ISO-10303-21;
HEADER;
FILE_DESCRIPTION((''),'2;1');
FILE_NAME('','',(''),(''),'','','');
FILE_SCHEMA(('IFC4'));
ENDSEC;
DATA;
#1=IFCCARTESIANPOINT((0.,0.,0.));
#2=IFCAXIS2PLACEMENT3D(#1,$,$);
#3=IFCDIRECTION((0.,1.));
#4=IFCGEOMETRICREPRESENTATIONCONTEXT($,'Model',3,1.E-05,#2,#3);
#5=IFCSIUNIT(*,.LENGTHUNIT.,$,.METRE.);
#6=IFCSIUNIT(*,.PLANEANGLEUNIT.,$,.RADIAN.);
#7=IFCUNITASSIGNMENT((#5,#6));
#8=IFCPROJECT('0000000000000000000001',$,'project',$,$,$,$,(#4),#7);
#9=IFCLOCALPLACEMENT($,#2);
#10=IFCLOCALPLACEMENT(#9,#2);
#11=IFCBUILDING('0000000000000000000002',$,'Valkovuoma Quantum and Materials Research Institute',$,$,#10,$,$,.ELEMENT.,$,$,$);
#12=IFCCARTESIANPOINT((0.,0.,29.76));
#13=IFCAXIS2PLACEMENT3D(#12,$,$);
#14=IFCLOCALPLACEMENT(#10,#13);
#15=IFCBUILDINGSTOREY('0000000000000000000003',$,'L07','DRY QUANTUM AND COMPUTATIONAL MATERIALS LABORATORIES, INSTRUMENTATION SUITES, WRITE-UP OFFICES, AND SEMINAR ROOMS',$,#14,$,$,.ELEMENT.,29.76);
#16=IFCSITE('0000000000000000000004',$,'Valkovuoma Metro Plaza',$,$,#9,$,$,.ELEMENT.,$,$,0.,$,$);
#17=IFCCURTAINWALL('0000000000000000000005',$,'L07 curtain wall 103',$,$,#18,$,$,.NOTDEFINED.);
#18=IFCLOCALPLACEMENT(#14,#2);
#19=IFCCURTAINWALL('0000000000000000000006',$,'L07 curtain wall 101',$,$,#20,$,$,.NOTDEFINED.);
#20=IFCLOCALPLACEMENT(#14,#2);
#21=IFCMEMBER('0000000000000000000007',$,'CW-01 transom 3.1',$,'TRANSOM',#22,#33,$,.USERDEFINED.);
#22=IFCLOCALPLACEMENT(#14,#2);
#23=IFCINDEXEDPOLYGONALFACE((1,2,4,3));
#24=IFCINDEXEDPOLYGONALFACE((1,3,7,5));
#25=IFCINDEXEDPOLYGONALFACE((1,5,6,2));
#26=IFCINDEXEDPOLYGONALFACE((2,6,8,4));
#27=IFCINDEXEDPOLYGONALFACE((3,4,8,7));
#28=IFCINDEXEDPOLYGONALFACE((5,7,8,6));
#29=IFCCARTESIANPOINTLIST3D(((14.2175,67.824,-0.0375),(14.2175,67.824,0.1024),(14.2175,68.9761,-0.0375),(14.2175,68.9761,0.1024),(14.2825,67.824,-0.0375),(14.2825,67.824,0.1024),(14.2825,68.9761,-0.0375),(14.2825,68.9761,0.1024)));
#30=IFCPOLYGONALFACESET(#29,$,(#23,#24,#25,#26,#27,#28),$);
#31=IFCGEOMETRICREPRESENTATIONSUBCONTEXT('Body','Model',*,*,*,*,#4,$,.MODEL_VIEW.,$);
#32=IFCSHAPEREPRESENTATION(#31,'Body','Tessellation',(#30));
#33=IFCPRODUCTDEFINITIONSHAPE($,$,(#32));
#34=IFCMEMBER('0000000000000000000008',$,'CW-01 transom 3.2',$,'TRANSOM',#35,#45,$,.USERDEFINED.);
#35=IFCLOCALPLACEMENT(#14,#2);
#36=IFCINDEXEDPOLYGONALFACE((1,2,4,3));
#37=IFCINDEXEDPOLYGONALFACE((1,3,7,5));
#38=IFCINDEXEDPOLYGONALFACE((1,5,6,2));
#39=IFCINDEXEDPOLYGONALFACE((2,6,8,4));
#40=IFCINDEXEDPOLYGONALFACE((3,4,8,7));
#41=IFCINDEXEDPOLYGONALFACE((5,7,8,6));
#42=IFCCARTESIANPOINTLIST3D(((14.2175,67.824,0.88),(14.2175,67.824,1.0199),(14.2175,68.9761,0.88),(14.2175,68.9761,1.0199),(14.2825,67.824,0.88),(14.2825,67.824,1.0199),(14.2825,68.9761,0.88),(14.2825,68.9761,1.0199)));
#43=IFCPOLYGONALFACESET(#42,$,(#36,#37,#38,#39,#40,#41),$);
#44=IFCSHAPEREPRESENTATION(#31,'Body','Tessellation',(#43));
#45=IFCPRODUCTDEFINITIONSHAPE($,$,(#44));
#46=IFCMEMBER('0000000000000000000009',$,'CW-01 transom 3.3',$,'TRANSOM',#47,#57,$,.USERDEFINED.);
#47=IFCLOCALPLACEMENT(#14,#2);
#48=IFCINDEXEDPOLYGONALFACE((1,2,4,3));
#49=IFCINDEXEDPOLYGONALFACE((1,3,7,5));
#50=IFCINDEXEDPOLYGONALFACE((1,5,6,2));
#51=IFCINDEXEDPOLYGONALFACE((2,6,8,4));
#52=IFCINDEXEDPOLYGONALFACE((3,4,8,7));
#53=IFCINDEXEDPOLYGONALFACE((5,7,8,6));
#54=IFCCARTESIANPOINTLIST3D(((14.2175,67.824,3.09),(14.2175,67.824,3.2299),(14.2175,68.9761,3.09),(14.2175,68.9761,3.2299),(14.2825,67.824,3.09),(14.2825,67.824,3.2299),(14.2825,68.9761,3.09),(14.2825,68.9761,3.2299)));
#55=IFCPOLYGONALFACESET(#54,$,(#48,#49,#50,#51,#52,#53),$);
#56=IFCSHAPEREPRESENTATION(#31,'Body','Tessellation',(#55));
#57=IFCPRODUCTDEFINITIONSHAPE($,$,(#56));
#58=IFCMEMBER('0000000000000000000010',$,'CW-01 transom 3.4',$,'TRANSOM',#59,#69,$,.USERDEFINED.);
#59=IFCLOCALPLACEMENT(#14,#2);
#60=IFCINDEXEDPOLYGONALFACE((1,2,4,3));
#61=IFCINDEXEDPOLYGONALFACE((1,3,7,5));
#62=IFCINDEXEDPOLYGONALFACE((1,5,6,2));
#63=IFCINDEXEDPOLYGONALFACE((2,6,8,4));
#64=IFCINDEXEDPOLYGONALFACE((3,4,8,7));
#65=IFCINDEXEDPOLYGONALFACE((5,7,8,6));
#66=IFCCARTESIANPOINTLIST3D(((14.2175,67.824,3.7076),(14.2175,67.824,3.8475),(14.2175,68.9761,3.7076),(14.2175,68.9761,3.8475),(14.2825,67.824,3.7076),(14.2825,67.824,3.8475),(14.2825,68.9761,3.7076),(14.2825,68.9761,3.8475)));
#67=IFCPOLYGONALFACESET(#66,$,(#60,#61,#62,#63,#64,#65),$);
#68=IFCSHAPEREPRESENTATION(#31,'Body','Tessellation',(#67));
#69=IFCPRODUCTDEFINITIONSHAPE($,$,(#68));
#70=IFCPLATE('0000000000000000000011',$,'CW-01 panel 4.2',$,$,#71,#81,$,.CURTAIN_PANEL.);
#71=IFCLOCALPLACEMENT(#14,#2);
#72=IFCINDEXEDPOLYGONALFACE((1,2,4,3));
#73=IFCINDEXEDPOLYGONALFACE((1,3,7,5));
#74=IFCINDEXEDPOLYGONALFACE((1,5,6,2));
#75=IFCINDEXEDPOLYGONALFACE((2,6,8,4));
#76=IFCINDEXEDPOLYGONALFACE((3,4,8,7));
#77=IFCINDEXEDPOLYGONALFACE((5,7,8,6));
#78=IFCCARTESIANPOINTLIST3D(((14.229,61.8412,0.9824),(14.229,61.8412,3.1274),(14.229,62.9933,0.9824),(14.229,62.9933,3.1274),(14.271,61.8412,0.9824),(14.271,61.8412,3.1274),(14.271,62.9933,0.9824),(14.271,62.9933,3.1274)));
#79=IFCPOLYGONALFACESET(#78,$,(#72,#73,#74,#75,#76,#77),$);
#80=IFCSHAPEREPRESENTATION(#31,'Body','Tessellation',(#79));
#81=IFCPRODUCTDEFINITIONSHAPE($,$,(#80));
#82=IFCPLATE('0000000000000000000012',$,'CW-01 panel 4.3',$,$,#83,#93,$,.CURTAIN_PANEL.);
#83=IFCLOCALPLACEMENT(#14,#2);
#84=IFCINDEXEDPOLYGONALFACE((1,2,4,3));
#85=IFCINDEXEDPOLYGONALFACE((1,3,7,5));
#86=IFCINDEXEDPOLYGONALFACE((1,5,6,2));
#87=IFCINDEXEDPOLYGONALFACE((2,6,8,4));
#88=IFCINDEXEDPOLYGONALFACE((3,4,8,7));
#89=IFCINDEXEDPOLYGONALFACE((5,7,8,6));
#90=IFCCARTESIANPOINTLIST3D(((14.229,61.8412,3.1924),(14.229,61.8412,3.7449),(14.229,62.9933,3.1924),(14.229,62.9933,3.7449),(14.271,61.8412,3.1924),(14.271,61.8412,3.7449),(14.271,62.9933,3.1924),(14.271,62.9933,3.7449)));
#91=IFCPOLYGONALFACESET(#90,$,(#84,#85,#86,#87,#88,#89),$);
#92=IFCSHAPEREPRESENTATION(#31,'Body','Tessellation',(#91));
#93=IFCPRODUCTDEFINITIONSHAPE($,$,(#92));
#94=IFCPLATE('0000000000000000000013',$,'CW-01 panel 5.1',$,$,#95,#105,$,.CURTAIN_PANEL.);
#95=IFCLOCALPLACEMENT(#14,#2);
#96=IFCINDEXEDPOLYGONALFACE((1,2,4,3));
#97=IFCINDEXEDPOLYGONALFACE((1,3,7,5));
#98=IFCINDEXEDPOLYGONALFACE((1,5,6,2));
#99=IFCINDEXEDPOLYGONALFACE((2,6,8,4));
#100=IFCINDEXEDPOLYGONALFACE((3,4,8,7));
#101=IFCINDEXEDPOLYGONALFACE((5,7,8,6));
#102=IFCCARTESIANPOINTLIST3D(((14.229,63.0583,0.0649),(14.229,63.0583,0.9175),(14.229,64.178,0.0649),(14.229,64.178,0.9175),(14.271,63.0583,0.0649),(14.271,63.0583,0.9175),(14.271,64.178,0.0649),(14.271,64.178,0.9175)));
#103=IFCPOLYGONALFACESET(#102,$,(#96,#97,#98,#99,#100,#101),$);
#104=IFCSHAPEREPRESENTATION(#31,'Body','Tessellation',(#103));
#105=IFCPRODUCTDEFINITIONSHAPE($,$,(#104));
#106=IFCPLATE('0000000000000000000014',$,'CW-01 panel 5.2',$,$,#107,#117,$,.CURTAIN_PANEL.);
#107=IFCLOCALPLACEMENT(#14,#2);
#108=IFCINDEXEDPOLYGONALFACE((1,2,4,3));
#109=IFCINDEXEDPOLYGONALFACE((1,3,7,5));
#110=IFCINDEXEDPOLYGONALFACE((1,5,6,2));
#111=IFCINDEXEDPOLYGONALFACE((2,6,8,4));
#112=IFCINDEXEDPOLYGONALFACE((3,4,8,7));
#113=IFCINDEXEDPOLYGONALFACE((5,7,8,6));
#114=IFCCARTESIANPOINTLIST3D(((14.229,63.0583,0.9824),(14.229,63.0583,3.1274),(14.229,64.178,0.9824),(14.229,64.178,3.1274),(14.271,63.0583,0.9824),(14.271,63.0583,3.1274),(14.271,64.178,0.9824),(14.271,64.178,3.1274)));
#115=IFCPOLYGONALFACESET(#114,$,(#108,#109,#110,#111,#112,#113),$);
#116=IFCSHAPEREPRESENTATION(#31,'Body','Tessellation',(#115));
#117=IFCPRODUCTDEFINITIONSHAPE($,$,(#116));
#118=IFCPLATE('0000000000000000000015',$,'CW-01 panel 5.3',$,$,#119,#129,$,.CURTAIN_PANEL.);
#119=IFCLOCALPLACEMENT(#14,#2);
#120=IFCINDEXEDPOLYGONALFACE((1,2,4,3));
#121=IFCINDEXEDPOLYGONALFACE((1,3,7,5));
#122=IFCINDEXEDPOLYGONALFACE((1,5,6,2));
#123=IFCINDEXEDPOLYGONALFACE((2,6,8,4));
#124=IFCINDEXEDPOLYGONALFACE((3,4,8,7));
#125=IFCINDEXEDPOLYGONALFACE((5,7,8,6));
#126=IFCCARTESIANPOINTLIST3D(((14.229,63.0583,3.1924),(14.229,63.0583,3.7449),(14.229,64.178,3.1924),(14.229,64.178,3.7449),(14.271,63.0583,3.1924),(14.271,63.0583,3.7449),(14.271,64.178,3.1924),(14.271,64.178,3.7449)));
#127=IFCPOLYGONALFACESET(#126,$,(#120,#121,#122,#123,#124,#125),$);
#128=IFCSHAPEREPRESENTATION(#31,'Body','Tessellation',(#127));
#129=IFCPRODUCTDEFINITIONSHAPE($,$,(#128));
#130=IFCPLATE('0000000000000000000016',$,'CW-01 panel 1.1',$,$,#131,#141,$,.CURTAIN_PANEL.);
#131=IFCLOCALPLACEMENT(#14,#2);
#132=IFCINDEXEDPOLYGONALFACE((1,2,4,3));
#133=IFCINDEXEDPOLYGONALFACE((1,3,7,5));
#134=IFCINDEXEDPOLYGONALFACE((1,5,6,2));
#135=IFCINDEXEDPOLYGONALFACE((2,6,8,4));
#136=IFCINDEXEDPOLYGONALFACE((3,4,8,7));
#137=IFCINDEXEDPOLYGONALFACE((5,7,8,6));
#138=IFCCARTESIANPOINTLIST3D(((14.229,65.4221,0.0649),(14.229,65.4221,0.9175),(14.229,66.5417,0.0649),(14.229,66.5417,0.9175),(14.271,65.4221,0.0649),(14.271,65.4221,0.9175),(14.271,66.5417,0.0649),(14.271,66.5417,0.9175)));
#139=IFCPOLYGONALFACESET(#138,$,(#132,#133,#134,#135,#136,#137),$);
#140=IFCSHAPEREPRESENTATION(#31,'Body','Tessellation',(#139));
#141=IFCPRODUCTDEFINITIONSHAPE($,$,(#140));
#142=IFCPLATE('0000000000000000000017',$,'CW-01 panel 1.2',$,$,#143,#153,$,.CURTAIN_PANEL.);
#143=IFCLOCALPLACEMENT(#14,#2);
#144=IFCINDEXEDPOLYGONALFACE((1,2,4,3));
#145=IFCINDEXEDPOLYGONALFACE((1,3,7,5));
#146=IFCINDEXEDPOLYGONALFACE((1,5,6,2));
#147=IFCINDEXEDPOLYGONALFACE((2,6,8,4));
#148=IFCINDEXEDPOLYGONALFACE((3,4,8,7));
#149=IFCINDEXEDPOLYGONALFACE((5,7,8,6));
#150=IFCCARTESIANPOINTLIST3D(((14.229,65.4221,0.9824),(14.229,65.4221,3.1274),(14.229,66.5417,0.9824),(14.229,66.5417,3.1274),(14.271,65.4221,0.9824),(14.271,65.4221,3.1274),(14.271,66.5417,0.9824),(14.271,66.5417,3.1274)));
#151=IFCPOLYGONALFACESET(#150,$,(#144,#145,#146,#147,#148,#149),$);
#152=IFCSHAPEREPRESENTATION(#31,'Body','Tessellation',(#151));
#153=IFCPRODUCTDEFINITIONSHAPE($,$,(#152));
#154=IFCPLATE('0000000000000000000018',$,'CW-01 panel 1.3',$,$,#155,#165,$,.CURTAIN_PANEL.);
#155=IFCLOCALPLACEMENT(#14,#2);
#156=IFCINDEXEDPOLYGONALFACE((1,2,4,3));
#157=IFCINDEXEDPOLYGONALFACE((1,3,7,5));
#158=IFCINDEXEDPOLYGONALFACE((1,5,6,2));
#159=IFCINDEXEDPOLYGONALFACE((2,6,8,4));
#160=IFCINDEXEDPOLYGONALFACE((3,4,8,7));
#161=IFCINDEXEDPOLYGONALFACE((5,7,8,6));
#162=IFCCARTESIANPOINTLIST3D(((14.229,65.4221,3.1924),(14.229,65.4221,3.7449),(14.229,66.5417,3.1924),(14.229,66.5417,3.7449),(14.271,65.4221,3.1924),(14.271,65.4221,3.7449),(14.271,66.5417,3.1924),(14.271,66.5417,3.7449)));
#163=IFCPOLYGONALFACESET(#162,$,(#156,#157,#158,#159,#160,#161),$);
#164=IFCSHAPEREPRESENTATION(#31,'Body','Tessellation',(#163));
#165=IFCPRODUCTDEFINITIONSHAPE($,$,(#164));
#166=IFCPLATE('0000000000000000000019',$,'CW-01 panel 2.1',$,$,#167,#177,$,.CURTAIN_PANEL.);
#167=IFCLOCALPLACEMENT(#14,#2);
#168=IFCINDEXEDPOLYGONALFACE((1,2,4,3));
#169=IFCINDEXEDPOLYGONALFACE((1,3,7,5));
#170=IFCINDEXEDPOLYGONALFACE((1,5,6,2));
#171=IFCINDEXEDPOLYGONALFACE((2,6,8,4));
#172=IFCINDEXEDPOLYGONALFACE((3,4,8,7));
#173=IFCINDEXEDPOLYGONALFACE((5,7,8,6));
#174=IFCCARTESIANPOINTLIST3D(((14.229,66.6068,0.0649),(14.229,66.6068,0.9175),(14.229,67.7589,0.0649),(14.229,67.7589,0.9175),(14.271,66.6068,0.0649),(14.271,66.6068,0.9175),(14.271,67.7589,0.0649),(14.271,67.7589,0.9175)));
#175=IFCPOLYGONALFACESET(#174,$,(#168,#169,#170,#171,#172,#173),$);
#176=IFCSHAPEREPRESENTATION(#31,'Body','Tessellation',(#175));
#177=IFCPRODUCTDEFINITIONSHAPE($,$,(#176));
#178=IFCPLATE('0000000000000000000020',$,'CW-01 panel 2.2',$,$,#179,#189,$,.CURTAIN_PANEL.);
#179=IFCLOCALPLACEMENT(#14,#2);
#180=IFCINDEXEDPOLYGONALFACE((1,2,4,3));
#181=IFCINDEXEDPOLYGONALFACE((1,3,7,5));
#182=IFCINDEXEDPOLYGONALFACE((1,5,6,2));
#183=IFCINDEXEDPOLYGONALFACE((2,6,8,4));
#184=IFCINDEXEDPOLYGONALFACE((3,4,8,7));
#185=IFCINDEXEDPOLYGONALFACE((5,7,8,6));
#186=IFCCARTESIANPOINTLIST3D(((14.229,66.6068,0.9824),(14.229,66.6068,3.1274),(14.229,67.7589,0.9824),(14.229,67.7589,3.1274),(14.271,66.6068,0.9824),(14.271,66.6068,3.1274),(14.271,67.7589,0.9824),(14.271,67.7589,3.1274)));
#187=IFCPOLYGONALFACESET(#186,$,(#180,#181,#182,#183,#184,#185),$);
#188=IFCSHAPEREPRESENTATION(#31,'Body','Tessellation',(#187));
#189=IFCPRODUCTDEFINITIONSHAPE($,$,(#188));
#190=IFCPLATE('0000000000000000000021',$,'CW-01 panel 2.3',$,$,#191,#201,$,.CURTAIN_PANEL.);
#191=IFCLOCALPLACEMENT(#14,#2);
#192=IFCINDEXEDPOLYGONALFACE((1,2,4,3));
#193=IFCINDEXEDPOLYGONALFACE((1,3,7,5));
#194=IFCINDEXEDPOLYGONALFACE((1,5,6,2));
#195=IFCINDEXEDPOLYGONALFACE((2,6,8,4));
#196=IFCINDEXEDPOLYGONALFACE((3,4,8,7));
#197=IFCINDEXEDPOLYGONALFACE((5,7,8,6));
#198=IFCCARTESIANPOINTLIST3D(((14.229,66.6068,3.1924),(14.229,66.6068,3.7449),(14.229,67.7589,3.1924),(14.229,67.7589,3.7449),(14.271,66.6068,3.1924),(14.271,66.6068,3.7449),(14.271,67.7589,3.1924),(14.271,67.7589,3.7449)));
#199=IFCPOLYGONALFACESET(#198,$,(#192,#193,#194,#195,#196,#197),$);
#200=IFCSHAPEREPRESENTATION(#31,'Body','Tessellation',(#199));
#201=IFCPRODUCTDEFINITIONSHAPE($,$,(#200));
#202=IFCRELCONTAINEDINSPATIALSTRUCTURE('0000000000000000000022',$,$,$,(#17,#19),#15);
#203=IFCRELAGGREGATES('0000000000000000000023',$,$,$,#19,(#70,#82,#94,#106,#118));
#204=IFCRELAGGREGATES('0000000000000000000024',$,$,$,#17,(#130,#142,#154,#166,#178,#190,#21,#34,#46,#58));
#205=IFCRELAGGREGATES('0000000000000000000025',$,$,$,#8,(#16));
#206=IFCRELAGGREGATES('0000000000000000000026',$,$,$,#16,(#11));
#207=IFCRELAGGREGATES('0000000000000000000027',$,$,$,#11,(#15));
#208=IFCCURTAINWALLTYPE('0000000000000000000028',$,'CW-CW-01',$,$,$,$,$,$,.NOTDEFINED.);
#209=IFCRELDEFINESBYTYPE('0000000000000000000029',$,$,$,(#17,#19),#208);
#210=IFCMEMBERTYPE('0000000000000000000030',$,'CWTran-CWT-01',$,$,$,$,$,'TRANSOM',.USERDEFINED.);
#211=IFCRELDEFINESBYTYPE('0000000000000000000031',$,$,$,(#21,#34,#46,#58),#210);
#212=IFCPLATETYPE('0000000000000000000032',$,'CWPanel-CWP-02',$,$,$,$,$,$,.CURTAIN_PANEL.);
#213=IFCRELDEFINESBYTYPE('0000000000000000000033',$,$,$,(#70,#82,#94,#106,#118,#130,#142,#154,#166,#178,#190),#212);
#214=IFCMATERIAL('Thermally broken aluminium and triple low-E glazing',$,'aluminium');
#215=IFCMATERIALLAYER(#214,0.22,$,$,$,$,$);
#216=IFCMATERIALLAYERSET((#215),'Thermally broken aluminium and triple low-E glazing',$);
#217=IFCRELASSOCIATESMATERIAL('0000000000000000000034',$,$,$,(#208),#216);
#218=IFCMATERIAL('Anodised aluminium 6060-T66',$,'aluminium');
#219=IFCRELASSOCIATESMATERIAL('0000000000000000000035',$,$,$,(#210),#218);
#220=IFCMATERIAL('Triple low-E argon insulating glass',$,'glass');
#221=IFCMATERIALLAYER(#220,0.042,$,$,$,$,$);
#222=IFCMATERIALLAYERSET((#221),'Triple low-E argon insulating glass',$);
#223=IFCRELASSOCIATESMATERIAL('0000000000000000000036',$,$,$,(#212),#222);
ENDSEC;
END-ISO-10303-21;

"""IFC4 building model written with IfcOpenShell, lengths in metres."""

from ifc_helpers import new_model, si_unit, direction, frame, origin, origin_2d, place, context, subcontext, project, spatial, rectangle, extrude, material, layer, layer_set, material_profile, profile_set, type_object, element, aggregate, save


model = new_model("IFC4")

# Units and contexts
model_context = context("Model", 3, precision=1e-05, world=origin(), true_north=direction((0.0, 1.0)))
body_context = subcontext(model_context, "Body", "Model", "MODEL_VIEW")
ifc_project = project(units=[si_unit("LENGTHUNIT", "METRE"), si_unit("PLANEANGLEUNIT", "RADIAN")], contexts=[model_context])

# Site, building, storey
site_placement = place(None, origin())
site = spatial("IfcSite", under=ifc_project, at=site_placement, Name="Valkovuoma Metro Plaza", CompositionType="ELEMENT", RefElevation=0.0)
building_placement = place(site_placement, origin())
building = spatial("IfcBuilding", under=site, at=building_placement, Name="Valkovuoma Quantum and Materials Research Institute", CompositionType="ELEMENT")
storey_placement = place(building_placement, frame((0.0, 0.0, 29.76)))
storey = spatial("IfcBuildingStorey", under=building, at=storey_placement, Name="L07", Description="DRY QUANTUM AND COMPUTATIONAL MATERIALS LABORATORIES, INSTRUMENTATION SUITES, WRITE-UP OFFICES, AND SEMINAR ROOMS", CompositionType="ELEMENT", Elevation=29.76)

# Curtain walls
ifc_material_1 = material(Name="Thermally broken aluminium and triple low-E glazing", Category="aluminium")
ifc_layer_1 = layer(ifc_material_1, 0.22)
ifc_layer_set_1 = layer_set([ifc_layer_1], Name="Thermally broken aluminium and triple low-E glazing")
curtain_wall_type = type_object("IfcCurtainWallType", Name="CW-CW-01", PredefinedType="NOTDEFINED", material=ifc_layer_set_1)
curtain_wall_1_placement = place(storey_placement, origin())
curtain_wall_1 = element("IfcCurtainWall", 1, at=curtain_wall_1_placement, inside=storey, type_object=curtain_wall_type, Name="L07 curtain wall 103", PredefinedType="NOTDEFINED")
curtain_wall_2_placement = place(storey_placement, origin())
curtain_wall_2 = element("IfcCurtainWall", 2, at=curtain_wall_2_placement, inside=storey, type_object=curtain_wall_type, Name="L07 curtain wall 101", PredefinedType="NOTDEFINED")
ifc_material_2 = material(Name="Anodised aluminium 6060-T66", Category="aluminium")
ifc_material_profile_1 = material_profile(ifc_material_2, rectangle(XDim=0.0649, YDim=0.1399, at=origin_2d()), Name="Anodised aluminium 6060-T66")
ifc_profile_set_1 = profile_set([ifc_material_profile_1], Name="Anodised aluminium 6060-T66")
member_type_1 = type_object("IfcMemberType", Name="CWTran-CWT-01", ElementType="TRANSOM", PredefinedType="USERDEFINED", material=ifc_profile_set_1)

# Members
member_1_placement = place(storey_placement, frame((14.25, 67.824, 0.0325), z_axis=(0.0, 1.0, 0.0), x_axis=(-1.0, 0.0, 0.0)))
member_1 = element("IfcMember", 3, at=member_1_placement, type_object=member_type_1, Name="CW-01 transom 3.1", ObjectType="TRANSOM", PredefinedType="USERDEFINED", context=body_context, shape_type="SweptSolid", body=[
    extrude(rectangle(XDim=0.0649, YDim=0.1399, at=origin_2d()), origin(), (0.0, 0.0, 1.0), 1.1521),
])
member_2_placement = place(storey_placement, frame((14.25, 67.824, 0.95), z_axis=(0.0, 1.0, 0.0), x_axis=(-1.0, 0.0, 0.0)))
member_2 = element("IfcMember", 4, at=member_2_placement, type_object=member_type_1, Name="CW-01 transom 3.2", ObjectType="TRANSOM", PredefinedType="USERDEFINED", context=body_context, shape_type="SweptSolid", body=[
    extrude(rectangle(XDim=0.0649, YDim=0.1399, at=origin_2d()), origin(), (0.0, 0.0, 1.0), 1.1521),
])
member_3_placement = place(storey_placement, frame((14.25, 67.824, 3.1599), z_axis=(0.0, 1.0, 0.0), x_axis=(-1.0, 0.0, 0.0)))
member_3 = element("IfcMember", 5, at=member_3_placement, type_object=member_type_1, Name="CW-01 transom 3.3", ObjectType="TRANSOM", PredefinedType="USERDEFINED", context=body_context, shape_type="SweptSolid", body=[
    extrude(rectangle(XDim=0.0649, YDim=0.1399, at=origin_2d()), origin(), (0.0, 0.0, 1.0), 1.1521),
])
member_4_placement = place(storey_placement, frame((14.25, 67.824, 3.7776), z_axis=(0.0, 1.0, 0.0), x_axis=(-1.0, 0.0, 0.0)))
member_4 = element("IfcMember", 6, at=member_4_placement, type_object=member_type_1, Name="CW-01 transom 3.4", ObjectType="TRANSOM", PredefinedType="USERDEFINED", context=body_context, shape_type="SweptSolid", body=[
    extrude(rectangle(XDim=0.0649, YDim=0.1399, at=origin_2d()), origin(), (0.0, 0.0, 1.0), 1.1521),
])

# Plates
ifc_material_3 = material(Name="Triple low-E argon insulating glass", Category="glass")
ifc_layer_2 = layer(ifc_material_3, 0.042)
ifc_layer_set_2 = layer_set([ifc_layer_2], Name="Triple low-E argon insulating glass")
plate_type = type_object("IfcPlateType", Name="CWPanel-CWP-02", PredefinedType="CURTAIN_PANEL", material=ifc_layer_set_2)
plate_1_placement = place(storey_placement, frame((14.25, 62.4172, 0.9824), z_axis=(0.0, 0.0, 1.0), x_axis=(0.0, 1.0, 0.0)))
plate_1 = element("IfcPlate", 7, at=plate_1_placement, type_object=plate_type, Name="CW-01 panel 4.2", PredefinedType="CURTAIN_PANEL", context=body_context, shape_type="SweptSolid", body=[
    extrude(rectangle(XDim=1.1521, YDim=0.042, at=origin_2d()), origin(), (0.0, 0.0, 1.0), 2.145),
])
plate_2_placement = place(storey_placement, frame((14.25, 62.4172, 3.1924), z_axis=(0.0, 0.0, 1.0), x_axis=(0.0, 1.0, 0.0)))
plate_2 = element("IfcPlate", 8, at=plate_2_placement, type_object=plate_type, Name="CW-01 panel 4.3", PredefinedType="CURTAIN_PANEL", context=body_context, shape_type="SweptSolid", body=[
    extrude(rectangle(XDim=1.1521, YDim=0.042, at=origin_2d()), origin(), (0.0, 0.0, 1.0), 0.5525),
])
plate_3_placement = place(storey_placement, frame((14.25, 63.6182, 0.0649), z_axis=(0.0, 0.0, 1.0), x_axis=(0.0, 1.0, 0.0)))
plate_3 = element("IfcPlate", 9, at=plate_3_placement, type_object=plate_type, Name="CW-01 panel 5.1", PredefinedType="CURTAIN_PANEL", context=body_context, shape_type="SweptSolid", body=[
    extrude(rectangle(XDim=1.1196, YDim=0.042, at=origin_2d()), origin(), (0.0, 0.0, 1.0), 0.8525),
])
plate_4_placement = place(storey_placement, frame((14.25, 63.6182, 0.9824), z_axis=(0.0, 0.0, 1.0), x_axis=(0.0, 1.0, 0.0)))
plate_4 = element("IfcPlate", 10, at=plate_4_placement, type_object=plate_type, Name="CW-01 panel 5.2", PredefinedType="CURTAIN_PANEL", context=body_context, shape_type="SweptSolid", body=[
    extrude(rectangle(XDim=1.1196, YDim=0.042, at=origin_2d()), origin(), (0.0, 0.0, 1.0), 2.145),
])
plate_5_placement = place(storey_placement, frame((14.25, 63.6182, 3.1924), z_axis=(0.0, 0.0, 1.0), x_axis=(0.0, 1.0, 0.0)))
plate_5 = element("IfcPlate", 11, at=plate_5_placement, type_object=plate_type, Name="CW-01 panel 5.3", PredefinedType="CURTAIN_PANEL", context=body_context, shape_type="SweptSolid", body=[
    extrude(rectangle(XDim=1.1196, YDim=0.042, at=origin_2d()), origin(), (0.0, 0.0, 1.0), 0.5525),
])
aggregate(curtain_wall_2, [plate_1, plate_2, plate_3, plate_4, plate_5])
plate_6_placement = place(storey_placement, frame((14.25, 65.9819, 0.0649), z_axis=(0.0, 0.0, 1.0), x_axis=(0.0, 1.0, 0.0)))
plate_6 = element("IfcPlate", 12, at=plate_6_placement, type_object=plate_type, Name="CW-01 panel 1.1", PredefinedType="CURTAIN_PANEL", context=body_context, shape_type="SweptSolid", body=[
    extrude(rectangle(XDim=1.1196, YDim=0.042, at=origin_2d()), origin(), (0.0, 0.0, 1.0), 0.8525),
])
plate_7_placement = place(storey_placement, frame((14.25, 65.9819, 0.9824), z_axis=(0.0, 0.0, 1.0), x_axis=(0.0, 1.0, 0.0)))
plate_7 = element("IfcPlate", 13, at=plate_7_placement, type_object=plate_type, Name="CW-01 panel 1.2", PredefinedType="CURTAIN_PANEL", context=body_context, shape_type="SweptSolid", body=[
    extrude(rectangle(XDim=1.1196, YDim=0.042, at=origin_2d()), origin(), (0.0, 0.0, 1.0), 2.145),
])
plate_8_placement = place(storey_placement, frame((14.25, 65.9819, 3.1924), z_axis=(0.0, 0.0, 1.0), x_axis=(0.0, 1.0, 0.0)))
plate_8 = element("IfcPlate", 14, at=plate_8_placement, type_object=plate_type, Name="CW-01 panel 1.3", PredefinedType="CURTAIN_PANEL", context=body_context, shape_type="SweptSolid", body=[
    extrude(rectangle(XDim=1.1196, YDim=0.042, at=origin_2d()), origin(), (0.0, 0.0, 1.0), 0.5525),
])
plate_9_placement = place(storey_placement, frame((14.25, 67.1829, 0.0649), z_axis=(0.0, 0.0, 1.0), x_axis=(0.0, 1.0, 0.0)))
plate_9 = element("IfcPlate", 15, at=plate_9_placement, type_object=plate_type, Name="CW-01 panel 2.1", PredefinedType="CURTAIN_PANEL", context=body_context, shape_type="SweptSolid", body=[
    extrude(rectangle(XDim=1.1521, YDim=0.042, at=origin_2d()), origin(), (0.0, 0.0, 1.0), 0.8525),
])
plate_10_placement = place(storey_placement, frame((14.25, 67.1829, 0.9824), z_axis=(0.0, 0.0, 1.0), x_axis=(0.0, 1.0, 0.0)))
plate_10 = element("IfcPlate", 16, at=plate_10_placement, type_object=plate_type, Name="CW-01 panel 2.2", PredefinedType="CURTAIN_PANEL", context=body_context, shape_type="SweptSolid", body=[
    extrude(rectangle(XDim=1.1521, YDim=0.042, at=origin_2d()), origin(), (0.0, 0.0, 1.0), 2.145),
])
plate_11_placement = place(storey_placement, frame((14.25, 67.1829, 3.1924), z_axis=(0.0, 0.0, 1.0), x_axis=(0.0, 1.0, 0.0)))
plate_11 = element("IfcPlate", 17, at=plate_11_placement, type_object=plate_type, Name="CW-01 panel 2.3", PredefinedType="CURTAIN_PANEL", context=body_context, shape_type="SweptSolid", body=[
    extrude(rectangle(XDim=1.1521, YDim=0.042, at=origin_2d()), origin(), (0.0, 0.0, 1.0), 0.5525),
])
aggregate(curtain_wall_1, [plate_6, plate_7, plate_8, plate_9, plate_10, plate_11, member_1, member_2, member_3, member_4])

save(model, "model.ifc")
